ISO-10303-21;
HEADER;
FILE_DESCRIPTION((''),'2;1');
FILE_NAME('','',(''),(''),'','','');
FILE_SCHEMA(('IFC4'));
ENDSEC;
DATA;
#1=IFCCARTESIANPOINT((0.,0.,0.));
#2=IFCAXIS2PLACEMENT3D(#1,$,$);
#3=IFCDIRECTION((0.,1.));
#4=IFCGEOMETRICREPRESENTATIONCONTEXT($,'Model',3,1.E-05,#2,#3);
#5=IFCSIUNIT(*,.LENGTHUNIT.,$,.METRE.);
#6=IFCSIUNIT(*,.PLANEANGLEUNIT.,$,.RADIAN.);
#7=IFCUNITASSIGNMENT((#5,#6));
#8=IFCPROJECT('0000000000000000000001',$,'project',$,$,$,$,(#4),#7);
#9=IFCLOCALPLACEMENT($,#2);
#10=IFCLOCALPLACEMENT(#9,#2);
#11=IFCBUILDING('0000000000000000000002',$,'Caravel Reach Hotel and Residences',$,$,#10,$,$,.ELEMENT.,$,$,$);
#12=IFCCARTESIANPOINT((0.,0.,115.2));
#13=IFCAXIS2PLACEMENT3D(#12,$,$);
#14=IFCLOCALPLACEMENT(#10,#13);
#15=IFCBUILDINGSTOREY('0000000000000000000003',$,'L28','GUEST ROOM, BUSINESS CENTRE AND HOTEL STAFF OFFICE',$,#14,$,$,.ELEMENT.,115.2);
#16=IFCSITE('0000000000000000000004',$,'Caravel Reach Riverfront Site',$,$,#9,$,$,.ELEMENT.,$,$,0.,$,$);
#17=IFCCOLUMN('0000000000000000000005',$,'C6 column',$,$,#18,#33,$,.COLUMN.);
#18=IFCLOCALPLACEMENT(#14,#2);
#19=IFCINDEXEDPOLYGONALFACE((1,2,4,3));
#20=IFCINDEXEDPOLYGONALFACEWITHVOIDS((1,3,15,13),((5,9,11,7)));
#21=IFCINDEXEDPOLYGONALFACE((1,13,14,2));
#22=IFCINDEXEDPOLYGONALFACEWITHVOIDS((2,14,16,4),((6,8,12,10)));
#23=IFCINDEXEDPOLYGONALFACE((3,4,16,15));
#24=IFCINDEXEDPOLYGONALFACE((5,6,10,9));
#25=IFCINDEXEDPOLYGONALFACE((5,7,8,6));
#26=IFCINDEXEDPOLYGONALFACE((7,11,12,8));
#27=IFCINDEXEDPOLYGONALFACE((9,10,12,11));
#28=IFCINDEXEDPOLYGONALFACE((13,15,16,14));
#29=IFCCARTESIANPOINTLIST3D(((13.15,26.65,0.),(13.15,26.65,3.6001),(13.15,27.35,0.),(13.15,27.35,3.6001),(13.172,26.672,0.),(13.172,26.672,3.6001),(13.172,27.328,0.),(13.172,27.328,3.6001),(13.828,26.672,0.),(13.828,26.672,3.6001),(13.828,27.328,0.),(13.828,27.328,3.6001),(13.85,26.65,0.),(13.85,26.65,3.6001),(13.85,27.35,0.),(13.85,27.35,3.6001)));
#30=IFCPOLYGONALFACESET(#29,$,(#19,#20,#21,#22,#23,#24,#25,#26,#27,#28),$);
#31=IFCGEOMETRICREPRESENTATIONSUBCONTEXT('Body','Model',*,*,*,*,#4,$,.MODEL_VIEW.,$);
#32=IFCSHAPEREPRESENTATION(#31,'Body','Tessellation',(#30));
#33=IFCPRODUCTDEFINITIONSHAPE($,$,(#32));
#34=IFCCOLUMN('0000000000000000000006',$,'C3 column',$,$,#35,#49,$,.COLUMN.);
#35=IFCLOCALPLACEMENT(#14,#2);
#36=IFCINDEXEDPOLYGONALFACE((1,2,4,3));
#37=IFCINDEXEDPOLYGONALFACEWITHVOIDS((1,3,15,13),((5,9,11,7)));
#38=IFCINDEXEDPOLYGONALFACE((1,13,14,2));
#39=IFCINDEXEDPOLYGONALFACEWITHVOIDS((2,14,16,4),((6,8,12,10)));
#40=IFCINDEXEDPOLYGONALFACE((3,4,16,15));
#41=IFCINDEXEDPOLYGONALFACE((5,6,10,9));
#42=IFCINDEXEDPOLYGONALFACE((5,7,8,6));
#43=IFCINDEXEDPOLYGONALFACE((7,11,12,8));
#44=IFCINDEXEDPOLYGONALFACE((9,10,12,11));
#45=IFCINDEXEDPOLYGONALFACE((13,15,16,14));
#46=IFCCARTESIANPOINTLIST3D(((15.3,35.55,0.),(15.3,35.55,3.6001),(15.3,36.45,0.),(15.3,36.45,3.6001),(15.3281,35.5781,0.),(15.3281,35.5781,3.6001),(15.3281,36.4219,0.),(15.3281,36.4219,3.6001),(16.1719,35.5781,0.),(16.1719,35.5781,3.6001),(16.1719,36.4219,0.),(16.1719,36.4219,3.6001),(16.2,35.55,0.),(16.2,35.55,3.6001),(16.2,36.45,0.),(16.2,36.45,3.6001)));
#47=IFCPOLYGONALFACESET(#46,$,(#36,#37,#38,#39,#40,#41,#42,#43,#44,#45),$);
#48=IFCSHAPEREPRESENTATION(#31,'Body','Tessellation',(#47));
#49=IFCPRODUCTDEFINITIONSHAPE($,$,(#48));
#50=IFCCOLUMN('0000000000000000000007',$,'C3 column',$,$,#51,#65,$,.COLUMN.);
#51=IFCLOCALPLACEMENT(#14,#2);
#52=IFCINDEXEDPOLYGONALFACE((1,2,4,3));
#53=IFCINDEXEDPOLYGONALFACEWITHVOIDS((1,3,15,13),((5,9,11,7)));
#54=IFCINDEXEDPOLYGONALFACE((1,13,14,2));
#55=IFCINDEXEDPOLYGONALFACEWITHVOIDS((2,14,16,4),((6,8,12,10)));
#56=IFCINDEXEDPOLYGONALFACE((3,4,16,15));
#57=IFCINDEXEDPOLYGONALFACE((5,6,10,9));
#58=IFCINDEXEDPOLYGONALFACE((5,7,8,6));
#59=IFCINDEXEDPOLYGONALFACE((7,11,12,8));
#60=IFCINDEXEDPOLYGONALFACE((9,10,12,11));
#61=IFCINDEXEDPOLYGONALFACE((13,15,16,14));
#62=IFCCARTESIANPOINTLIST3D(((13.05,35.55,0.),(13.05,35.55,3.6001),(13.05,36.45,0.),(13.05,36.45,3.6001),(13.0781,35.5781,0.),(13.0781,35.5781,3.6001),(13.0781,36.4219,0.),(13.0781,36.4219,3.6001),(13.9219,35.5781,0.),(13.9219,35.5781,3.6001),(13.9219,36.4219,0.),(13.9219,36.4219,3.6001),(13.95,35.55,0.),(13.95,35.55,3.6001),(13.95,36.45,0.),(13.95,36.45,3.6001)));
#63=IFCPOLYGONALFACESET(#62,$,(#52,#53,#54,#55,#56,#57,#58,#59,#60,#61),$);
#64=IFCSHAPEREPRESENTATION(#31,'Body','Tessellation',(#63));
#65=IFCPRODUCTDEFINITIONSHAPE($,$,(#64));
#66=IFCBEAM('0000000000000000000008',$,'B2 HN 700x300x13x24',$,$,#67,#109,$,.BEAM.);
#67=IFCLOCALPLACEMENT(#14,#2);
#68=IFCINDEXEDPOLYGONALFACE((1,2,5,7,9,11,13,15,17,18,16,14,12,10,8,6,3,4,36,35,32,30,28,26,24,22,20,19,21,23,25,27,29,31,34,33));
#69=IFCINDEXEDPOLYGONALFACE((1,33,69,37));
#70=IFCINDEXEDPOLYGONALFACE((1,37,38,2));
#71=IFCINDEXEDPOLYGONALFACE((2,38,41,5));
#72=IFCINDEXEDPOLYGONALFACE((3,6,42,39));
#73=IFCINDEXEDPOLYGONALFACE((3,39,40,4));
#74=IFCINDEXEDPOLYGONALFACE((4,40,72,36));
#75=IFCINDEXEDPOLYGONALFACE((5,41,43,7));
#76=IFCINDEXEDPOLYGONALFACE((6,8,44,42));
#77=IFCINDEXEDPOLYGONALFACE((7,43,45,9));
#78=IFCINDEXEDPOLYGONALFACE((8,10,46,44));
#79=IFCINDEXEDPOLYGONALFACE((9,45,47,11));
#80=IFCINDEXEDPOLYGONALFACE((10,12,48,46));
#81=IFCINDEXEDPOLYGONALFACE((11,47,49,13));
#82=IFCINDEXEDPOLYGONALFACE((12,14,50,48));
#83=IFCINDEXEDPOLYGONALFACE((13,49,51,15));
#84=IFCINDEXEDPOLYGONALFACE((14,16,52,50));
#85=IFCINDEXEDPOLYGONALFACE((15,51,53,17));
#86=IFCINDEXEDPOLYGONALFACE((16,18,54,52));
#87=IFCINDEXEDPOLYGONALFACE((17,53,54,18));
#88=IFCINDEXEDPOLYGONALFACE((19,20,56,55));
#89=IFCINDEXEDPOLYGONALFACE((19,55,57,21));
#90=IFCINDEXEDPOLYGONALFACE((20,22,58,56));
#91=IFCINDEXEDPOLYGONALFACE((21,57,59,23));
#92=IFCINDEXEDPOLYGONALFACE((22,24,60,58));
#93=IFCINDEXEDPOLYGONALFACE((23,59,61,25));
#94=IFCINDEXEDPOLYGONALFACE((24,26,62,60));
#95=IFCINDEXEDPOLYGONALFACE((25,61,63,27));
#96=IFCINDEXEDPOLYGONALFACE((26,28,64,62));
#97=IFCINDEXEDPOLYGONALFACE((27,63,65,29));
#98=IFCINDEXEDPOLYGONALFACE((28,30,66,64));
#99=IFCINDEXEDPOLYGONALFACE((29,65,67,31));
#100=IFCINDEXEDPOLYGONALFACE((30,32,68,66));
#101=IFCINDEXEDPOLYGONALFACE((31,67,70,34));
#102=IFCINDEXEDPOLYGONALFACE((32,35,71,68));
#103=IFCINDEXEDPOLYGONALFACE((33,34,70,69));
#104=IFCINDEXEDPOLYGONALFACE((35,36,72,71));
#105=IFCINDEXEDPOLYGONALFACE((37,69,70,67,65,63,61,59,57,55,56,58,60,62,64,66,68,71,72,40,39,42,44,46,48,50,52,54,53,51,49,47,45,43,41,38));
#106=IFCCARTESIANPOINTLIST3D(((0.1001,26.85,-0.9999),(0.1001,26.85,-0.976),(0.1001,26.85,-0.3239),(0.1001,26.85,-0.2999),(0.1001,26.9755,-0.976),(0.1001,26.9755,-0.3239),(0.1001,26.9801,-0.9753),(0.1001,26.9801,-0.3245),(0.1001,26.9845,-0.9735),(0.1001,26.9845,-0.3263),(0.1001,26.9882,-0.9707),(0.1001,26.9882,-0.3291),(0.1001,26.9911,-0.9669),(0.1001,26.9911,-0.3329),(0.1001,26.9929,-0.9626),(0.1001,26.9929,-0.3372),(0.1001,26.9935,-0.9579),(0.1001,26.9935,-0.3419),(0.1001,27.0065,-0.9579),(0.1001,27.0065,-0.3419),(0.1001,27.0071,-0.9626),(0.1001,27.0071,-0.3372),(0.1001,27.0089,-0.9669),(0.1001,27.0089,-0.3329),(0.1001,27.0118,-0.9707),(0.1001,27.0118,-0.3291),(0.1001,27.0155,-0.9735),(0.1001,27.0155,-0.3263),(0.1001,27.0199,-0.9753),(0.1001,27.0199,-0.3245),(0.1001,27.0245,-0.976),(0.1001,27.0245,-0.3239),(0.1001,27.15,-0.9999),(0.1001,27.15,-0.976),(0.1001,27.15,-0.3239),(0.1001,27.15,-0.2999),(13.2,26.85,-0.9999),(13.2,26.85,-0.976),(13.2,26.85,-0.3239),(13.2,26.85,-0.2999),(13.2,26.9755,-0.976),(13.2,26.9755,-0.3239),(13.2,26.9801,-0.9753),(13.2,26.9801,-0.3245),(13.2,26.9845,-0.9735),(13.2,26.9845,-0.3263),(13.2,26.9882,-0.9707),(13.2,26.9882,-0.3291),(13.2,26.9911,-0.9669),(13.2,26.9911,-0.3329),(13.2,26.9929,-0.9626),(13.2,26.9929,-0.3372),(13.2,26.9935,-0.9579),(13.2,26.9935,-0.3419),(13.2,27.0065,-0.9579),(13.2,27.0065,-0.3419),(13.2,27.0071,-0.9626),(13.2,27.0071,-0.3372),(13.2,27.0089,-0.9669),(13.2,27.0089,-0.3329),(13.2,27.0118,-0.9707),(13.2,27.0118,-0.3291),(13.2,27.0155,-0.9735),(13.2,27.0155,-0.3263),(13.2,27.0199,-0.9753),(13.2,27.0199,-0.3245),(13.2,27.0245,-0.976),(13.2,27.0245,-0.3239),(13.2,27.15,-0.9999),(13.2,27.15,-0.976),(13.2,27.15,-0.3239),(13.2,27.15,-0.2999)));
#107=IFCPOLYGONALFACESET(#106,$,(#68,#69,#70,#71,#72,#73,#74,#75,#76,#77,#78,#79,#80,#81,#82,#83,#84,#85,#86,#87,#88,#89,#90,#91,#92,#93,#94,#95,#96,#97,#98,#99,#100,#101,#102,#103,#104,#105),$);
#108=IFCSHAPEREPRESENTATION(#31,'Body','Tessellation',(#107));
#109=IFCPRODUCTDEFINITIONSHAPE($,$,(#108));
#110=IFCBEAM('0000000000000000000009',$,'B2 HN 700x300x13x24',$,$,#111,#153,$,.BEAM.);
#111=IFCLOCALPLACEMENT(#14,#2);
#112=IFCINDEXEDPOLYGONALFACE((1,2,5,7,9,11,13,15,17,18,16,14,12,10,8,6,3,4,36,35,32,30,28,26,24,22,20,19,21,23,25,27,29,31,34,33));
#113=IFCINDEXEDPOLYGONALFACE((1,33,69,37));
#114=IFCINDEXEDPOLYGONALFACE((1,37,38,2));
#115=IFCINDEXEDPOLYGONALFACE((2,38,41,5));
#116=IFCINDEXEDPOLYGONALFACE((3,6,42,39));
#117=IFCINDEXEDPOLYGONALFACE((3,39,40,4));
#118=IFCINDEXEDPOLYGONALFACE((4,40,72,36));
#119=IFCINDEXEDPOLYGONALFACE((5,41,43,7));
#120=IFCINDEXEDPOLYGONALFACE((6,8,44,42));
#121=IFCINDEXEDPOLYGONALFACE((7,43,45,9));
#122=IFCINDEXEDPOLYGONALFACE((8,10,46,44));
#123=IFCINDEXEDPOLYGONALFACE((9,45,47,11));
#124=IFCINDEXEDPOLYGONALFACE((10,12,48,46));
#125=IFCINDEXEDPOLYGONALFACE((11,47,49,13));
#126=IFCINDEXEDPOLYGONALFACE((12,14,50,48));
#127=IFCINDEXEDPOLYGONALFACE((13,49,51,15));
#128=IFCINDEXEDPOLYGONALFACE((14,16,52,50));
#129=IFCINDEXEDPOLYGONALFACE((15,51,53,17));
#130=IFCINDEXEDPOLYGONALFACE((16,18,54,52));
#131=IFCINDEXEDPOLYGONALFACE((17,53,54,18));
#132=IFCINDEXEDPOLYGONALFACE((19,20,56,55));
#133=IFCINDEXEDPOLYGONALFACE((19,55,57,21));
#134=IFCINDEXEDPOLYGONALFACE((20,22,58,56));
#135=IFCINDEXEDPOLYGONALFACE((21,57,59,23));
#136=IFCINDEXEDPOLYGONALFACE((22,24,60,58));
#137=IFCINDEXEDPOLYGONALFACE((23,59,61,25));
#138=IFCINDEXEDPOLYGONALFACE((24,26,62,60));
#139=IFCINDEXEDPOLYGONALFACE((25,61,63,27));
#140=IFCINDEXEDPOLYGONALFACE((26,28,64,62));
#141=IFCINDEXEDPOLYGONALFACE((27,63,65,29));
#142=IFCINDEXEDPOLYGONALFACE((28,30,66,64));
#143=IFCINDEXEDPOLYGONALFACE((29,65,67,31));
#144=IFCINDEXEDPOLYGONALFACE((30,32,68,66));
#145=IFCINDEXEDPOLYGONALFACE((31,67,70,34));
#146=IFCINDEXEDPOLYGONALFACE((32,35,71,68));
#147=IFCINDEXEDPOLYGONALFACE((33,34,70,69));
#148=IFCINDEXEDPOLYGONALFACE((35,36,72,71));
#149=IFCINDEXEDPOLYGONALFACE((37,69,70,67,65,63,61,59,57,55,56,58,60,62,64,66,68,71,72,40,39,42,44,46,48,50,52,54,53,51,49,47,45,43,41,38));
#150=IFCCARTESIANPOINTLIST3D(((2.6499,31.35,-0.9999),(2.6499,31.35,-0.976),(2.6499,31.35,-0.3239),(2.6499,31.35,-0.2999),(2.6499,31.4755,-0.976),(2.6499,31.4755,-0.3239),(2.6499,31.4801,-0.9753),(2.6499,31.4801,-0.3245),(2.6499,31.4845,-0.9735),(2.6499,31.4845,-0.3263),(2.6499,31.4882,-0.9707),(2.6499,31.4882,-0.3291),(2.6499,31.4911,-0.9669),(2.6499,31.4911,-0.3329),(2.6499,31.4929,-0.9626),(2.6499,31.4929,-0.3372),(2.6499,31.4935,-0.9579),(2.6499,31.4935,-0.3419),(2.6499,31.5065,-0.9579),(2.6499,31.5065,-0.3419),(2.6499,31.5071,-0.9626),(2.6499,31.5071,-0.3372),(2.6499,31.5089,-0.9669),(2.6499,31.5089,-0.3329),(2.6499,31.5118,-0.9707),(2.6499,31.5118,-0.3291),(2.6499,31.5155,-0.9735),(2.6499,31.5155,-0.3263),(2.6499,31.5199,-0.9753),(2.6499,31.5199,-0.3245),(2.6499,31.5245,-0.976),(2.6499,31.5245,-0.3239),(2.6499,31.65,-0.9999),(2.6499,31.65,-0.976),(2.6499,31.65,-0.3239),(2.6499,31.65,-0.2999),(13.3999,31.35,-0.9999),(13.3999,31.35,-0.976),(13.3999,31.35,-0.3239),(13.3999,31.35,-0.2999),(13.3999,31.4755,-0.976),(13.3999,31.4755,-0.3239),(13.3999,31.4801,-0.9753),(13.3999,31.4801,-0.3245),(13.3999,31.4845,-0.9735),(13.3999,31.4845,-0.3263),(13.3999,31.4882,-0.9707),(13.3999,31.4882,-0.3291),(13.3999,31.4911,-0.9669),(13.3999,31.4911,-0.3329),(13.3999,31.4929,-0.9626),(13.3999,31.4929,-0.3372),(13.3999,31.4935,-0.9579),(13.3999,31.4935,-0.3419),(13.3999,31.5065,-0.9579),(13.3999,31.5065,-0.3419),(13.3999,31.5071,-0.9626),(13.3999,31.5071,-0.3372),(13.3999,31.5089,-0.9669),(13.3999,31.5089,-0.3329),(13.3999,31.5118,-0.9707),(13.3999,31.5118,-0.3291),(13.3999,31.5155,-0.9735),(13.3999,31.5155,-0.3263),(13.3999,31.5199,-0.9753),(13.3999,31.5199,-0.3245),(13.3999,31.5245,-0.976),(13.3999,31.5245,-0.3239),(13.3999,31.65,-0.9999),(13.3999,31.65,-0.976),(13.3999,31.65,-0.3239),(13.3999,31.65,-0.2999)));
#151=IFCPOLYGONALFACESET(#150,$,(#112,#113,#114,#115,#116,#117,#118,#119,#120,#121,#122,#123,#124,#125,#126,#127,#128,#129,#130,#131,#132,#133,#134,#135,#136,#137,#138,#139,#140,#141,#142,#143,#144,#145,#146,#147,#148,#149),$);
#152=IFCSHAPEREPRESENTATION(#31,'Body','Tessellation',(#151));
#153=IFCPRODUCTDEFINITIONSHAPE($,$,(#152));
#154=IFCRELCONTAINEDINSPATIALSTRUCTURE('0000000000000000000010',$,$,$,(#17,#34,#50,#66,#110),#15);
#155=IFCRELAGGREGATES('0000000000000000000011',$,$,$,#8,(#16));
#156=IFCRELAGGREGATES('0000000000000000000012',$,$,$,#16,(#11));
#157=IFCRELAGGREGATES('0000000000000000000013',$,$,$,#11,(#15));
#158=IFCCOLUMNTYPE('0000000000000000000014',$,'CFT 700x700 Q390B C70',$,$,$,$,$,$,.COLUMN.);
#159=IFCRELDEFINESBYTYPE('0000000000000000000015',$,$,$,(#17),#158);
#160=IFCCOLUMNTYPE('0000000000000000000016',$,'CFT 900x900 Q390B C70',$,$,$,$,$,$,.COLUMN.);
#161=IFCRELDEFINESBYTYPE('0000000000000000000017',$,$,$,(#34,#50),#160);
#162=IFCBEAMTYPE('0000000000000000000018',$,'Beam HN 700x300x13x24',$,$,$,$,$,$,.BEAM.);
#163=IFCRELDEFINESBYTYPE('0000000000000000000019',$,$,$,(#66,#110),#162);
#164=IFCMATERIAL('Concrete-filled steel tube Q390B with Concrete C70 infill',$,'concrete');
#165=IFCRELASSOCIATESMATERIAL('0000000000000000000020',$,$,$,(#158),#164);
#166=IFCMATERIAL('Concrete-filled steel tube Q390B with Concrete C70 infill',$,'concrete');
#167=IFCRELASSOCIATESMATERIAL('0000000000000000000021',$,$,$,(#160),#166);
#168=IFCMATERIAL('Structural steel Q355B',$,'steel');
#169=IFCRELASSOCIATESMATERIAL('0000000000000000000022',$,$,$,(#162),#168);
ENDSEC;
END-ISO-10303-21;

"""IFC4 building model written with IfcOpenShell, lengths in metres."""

from ifc_helpers import new_model, si_unit, direction, frame, origin, origin_2d, place, context, subcontext, project, spatial, hollow_rectangle, i_section, extrude, material, material_profile, profile_set, type_object, element, save


model = new_model("IFC4")

# Units and contexts
model_context = context("Model", 3, precision=1e-05, world=origin(), true_north=direction((0.0, 1.0)))
body_context = subcontext(model_context, "Body", "Model", "MODEL_VIEW")
ifc_project = project(units=[si_unit("LENGTHUNIT", "METRE"), si_unit("PLANEANGLEUNIT", "RADIAN")], contexts=[model_context])

# Site, building, storey
site_placement = place(None, origin())
site = spatial("IfcSite", under=ifc_project, at=site_placement, Name="Caravel Reach Riverfront Site", CompositionType="ELEMENT", RefElevation=0.0)
building_placement = place(site_placement, origin())
building = spatial("IfcBuilding", under=site, at=building_placement, Name="Caravel Reach Hotel and Residences", CompositionType="ELEMENT")
storey_placement = place(building_placement, frame((0.0, 0.0, 115.2)))
storey = spatial("IfcBuildingStorey", under=building, at=storey_placement, Name="L28", Description="GUEST ROOM, BUSINESS CENTRE AND HOTEL STAFF OFFICE", CompositionType="ELEMENT", Elevation=115.2)

# Columns
ifc_material_1 = material(Name="Concrete-filled steel tube Q390B with Concrete C70 infill", Category="concrete")
ifc_material_profile_1 = material_profile(ifc_material_1, hollow_rectangle(XDim=0.7, YDim=0.7, WallThickness=0.022, at=origin_2d()), Name="RHS 700x700x22")
ifc_profile_set_1 = profile_set([ifc_material_profile_1], Name="Concrete-filled steel tube Q390B with Concrete C70 infill")
column_type_1 = type_object("IfcColumnType", Name="CFT 700x700 Q390B C70", PredefinedType="COLUMN", material=ifc_profile_set_1)
column_placement = place(storey_placement, frame((13.5, 27.0, 0.0), z_axis=(0.0, 0.0, 1.0), x_axis=(1.0, 0.0, 0.0)))
element("IfcColumn", 1, at=column_placement, inside=storey, type_object=column_type_1, Name="C6 column", PredefinedType="COLUMN", context=body_context, shape_type="SweptSolid", body=[
    extrude(hollow_rectangle(XDim=0.7, YDim=0.7, WallThickness=0.022, at=origin_2d()), origin(), (0.0, 0.0, 1.0), 3.6001),
])
ifc_material_2 = material(Name="Concrete-filled steel tube Q390B with Concrete C70 infill", Category="concrete")
ifc_material_profile_2 = material_profile(ifc_material_2, hollow_rectangle(XDim=0.8999, YDim=0.8999, WallThickness=0.0281, at=origin_2d()), Name="RHS 900x900x28")
ifc_profile_set_2 = profile_set([ifc_material_profile_2], Name="Concrete-filled steel tube Q390B with Concrete C70 infill")
column_type_2 = type_object("IfcColumnType", Name="CFT 900x900 Q390B C70", PredefinedType="COLUMN", material=ifc_profile_set_2)
for number, where, z_axis, x_axis, name in (
    (2, (15.75, 36.0, 0.0), (0.0, 0.0, 1.0), (1.0, 0.0, 0.0), "C3 column"),
    (3, (13.5, 36.0, 0.0), (0.0, 0.0, 1.0), (1.0, 0.0, 0.0), "C3 column"),
):
    element("IfcColumn", number, at=place(storey_placement, frame(where, z_axis=z_axis, x_axis=x_axis)), inside=storey, type_object=column_type_2, Name=name, PredefinedType="COLUMN", context=body_context, shape_type="SweptSolid", body=[
        extrude(hollow_rectangle(XDim=0.8999, YDim=0.8999, WallThickness=0.0281, at=origin_2d()), origin(), (0.0, 0.0, 1.0), 3.6001),
    ])

# Beams
ifc_material_3 = material(Name="Structural steel Q355B", Category="steel")
ifc_material_profile_3 = material_profile(ifc_material_3, i_section(OverallWidth=0.3, OverallDepth=0.7, WebThickness=0.0129, FlangeThickness=0.0239, FilletRadius=0.0181, at=origin_2d()), Name="HN 700x300x13x24")
ifc_profile_set_3 = profile_set([ifc_material_profile_3], Name="Structural steel Q355B")
beam_type_1 = type_object("IfcBeamType", Name="Beam HN 700x300x13x24", PredefinedType="BEAM", material=ifc_profile_set_3)
beam_1_placement = place(storey_placement, frame((13.2, 27.0, -0.6499), z_axis=(-1.0, 0.0, 0.0), x_axis=(0.0, -1.0, 0.0)))
element("IfcBeam", 4, at=beam_1_placement, inside=storey, type_object=beam_type_1, Name="B2 HN 700x300x13x24", PredefinedType="BEAM", context=body_context, shape_type="SweptSolid", body=[
    extrude(i_section(OverallWidth=0.3, OverallDepth=0.7, WebThickness=0.0129, FlangeThickness=0.0239, FilletRadius=0.0181, at=origin_2d()), origin(), (0.0, 0.0, 1.0), 13.0999),
])
beam_2_placement = place(storey_placement, frame((13.3999, 31.5, -0.6499), z_axis=(-1.0, 0.0, 0.0), x_axis=(0.0, -1.0, 0.0)))
element("IfcBeam", 5, at=beam_2_placement, inside=storey, type_object=beam_type_1, Name="B2 HN 700x300x13x24", PredefinedType="BEAM", context=body_context, shape_type="SweptSolid", body=[
    extrude(i_section(OverallWidth=0.3, OverallDepth=0.7, WebThickness=0.0129, FlangeThickness=0.0239, FilletRadius=0.0181, at=origin_2d()), origin(), (0.0, 0.0, 1.0), 10.75),
])

save(model, "model.ifc")
